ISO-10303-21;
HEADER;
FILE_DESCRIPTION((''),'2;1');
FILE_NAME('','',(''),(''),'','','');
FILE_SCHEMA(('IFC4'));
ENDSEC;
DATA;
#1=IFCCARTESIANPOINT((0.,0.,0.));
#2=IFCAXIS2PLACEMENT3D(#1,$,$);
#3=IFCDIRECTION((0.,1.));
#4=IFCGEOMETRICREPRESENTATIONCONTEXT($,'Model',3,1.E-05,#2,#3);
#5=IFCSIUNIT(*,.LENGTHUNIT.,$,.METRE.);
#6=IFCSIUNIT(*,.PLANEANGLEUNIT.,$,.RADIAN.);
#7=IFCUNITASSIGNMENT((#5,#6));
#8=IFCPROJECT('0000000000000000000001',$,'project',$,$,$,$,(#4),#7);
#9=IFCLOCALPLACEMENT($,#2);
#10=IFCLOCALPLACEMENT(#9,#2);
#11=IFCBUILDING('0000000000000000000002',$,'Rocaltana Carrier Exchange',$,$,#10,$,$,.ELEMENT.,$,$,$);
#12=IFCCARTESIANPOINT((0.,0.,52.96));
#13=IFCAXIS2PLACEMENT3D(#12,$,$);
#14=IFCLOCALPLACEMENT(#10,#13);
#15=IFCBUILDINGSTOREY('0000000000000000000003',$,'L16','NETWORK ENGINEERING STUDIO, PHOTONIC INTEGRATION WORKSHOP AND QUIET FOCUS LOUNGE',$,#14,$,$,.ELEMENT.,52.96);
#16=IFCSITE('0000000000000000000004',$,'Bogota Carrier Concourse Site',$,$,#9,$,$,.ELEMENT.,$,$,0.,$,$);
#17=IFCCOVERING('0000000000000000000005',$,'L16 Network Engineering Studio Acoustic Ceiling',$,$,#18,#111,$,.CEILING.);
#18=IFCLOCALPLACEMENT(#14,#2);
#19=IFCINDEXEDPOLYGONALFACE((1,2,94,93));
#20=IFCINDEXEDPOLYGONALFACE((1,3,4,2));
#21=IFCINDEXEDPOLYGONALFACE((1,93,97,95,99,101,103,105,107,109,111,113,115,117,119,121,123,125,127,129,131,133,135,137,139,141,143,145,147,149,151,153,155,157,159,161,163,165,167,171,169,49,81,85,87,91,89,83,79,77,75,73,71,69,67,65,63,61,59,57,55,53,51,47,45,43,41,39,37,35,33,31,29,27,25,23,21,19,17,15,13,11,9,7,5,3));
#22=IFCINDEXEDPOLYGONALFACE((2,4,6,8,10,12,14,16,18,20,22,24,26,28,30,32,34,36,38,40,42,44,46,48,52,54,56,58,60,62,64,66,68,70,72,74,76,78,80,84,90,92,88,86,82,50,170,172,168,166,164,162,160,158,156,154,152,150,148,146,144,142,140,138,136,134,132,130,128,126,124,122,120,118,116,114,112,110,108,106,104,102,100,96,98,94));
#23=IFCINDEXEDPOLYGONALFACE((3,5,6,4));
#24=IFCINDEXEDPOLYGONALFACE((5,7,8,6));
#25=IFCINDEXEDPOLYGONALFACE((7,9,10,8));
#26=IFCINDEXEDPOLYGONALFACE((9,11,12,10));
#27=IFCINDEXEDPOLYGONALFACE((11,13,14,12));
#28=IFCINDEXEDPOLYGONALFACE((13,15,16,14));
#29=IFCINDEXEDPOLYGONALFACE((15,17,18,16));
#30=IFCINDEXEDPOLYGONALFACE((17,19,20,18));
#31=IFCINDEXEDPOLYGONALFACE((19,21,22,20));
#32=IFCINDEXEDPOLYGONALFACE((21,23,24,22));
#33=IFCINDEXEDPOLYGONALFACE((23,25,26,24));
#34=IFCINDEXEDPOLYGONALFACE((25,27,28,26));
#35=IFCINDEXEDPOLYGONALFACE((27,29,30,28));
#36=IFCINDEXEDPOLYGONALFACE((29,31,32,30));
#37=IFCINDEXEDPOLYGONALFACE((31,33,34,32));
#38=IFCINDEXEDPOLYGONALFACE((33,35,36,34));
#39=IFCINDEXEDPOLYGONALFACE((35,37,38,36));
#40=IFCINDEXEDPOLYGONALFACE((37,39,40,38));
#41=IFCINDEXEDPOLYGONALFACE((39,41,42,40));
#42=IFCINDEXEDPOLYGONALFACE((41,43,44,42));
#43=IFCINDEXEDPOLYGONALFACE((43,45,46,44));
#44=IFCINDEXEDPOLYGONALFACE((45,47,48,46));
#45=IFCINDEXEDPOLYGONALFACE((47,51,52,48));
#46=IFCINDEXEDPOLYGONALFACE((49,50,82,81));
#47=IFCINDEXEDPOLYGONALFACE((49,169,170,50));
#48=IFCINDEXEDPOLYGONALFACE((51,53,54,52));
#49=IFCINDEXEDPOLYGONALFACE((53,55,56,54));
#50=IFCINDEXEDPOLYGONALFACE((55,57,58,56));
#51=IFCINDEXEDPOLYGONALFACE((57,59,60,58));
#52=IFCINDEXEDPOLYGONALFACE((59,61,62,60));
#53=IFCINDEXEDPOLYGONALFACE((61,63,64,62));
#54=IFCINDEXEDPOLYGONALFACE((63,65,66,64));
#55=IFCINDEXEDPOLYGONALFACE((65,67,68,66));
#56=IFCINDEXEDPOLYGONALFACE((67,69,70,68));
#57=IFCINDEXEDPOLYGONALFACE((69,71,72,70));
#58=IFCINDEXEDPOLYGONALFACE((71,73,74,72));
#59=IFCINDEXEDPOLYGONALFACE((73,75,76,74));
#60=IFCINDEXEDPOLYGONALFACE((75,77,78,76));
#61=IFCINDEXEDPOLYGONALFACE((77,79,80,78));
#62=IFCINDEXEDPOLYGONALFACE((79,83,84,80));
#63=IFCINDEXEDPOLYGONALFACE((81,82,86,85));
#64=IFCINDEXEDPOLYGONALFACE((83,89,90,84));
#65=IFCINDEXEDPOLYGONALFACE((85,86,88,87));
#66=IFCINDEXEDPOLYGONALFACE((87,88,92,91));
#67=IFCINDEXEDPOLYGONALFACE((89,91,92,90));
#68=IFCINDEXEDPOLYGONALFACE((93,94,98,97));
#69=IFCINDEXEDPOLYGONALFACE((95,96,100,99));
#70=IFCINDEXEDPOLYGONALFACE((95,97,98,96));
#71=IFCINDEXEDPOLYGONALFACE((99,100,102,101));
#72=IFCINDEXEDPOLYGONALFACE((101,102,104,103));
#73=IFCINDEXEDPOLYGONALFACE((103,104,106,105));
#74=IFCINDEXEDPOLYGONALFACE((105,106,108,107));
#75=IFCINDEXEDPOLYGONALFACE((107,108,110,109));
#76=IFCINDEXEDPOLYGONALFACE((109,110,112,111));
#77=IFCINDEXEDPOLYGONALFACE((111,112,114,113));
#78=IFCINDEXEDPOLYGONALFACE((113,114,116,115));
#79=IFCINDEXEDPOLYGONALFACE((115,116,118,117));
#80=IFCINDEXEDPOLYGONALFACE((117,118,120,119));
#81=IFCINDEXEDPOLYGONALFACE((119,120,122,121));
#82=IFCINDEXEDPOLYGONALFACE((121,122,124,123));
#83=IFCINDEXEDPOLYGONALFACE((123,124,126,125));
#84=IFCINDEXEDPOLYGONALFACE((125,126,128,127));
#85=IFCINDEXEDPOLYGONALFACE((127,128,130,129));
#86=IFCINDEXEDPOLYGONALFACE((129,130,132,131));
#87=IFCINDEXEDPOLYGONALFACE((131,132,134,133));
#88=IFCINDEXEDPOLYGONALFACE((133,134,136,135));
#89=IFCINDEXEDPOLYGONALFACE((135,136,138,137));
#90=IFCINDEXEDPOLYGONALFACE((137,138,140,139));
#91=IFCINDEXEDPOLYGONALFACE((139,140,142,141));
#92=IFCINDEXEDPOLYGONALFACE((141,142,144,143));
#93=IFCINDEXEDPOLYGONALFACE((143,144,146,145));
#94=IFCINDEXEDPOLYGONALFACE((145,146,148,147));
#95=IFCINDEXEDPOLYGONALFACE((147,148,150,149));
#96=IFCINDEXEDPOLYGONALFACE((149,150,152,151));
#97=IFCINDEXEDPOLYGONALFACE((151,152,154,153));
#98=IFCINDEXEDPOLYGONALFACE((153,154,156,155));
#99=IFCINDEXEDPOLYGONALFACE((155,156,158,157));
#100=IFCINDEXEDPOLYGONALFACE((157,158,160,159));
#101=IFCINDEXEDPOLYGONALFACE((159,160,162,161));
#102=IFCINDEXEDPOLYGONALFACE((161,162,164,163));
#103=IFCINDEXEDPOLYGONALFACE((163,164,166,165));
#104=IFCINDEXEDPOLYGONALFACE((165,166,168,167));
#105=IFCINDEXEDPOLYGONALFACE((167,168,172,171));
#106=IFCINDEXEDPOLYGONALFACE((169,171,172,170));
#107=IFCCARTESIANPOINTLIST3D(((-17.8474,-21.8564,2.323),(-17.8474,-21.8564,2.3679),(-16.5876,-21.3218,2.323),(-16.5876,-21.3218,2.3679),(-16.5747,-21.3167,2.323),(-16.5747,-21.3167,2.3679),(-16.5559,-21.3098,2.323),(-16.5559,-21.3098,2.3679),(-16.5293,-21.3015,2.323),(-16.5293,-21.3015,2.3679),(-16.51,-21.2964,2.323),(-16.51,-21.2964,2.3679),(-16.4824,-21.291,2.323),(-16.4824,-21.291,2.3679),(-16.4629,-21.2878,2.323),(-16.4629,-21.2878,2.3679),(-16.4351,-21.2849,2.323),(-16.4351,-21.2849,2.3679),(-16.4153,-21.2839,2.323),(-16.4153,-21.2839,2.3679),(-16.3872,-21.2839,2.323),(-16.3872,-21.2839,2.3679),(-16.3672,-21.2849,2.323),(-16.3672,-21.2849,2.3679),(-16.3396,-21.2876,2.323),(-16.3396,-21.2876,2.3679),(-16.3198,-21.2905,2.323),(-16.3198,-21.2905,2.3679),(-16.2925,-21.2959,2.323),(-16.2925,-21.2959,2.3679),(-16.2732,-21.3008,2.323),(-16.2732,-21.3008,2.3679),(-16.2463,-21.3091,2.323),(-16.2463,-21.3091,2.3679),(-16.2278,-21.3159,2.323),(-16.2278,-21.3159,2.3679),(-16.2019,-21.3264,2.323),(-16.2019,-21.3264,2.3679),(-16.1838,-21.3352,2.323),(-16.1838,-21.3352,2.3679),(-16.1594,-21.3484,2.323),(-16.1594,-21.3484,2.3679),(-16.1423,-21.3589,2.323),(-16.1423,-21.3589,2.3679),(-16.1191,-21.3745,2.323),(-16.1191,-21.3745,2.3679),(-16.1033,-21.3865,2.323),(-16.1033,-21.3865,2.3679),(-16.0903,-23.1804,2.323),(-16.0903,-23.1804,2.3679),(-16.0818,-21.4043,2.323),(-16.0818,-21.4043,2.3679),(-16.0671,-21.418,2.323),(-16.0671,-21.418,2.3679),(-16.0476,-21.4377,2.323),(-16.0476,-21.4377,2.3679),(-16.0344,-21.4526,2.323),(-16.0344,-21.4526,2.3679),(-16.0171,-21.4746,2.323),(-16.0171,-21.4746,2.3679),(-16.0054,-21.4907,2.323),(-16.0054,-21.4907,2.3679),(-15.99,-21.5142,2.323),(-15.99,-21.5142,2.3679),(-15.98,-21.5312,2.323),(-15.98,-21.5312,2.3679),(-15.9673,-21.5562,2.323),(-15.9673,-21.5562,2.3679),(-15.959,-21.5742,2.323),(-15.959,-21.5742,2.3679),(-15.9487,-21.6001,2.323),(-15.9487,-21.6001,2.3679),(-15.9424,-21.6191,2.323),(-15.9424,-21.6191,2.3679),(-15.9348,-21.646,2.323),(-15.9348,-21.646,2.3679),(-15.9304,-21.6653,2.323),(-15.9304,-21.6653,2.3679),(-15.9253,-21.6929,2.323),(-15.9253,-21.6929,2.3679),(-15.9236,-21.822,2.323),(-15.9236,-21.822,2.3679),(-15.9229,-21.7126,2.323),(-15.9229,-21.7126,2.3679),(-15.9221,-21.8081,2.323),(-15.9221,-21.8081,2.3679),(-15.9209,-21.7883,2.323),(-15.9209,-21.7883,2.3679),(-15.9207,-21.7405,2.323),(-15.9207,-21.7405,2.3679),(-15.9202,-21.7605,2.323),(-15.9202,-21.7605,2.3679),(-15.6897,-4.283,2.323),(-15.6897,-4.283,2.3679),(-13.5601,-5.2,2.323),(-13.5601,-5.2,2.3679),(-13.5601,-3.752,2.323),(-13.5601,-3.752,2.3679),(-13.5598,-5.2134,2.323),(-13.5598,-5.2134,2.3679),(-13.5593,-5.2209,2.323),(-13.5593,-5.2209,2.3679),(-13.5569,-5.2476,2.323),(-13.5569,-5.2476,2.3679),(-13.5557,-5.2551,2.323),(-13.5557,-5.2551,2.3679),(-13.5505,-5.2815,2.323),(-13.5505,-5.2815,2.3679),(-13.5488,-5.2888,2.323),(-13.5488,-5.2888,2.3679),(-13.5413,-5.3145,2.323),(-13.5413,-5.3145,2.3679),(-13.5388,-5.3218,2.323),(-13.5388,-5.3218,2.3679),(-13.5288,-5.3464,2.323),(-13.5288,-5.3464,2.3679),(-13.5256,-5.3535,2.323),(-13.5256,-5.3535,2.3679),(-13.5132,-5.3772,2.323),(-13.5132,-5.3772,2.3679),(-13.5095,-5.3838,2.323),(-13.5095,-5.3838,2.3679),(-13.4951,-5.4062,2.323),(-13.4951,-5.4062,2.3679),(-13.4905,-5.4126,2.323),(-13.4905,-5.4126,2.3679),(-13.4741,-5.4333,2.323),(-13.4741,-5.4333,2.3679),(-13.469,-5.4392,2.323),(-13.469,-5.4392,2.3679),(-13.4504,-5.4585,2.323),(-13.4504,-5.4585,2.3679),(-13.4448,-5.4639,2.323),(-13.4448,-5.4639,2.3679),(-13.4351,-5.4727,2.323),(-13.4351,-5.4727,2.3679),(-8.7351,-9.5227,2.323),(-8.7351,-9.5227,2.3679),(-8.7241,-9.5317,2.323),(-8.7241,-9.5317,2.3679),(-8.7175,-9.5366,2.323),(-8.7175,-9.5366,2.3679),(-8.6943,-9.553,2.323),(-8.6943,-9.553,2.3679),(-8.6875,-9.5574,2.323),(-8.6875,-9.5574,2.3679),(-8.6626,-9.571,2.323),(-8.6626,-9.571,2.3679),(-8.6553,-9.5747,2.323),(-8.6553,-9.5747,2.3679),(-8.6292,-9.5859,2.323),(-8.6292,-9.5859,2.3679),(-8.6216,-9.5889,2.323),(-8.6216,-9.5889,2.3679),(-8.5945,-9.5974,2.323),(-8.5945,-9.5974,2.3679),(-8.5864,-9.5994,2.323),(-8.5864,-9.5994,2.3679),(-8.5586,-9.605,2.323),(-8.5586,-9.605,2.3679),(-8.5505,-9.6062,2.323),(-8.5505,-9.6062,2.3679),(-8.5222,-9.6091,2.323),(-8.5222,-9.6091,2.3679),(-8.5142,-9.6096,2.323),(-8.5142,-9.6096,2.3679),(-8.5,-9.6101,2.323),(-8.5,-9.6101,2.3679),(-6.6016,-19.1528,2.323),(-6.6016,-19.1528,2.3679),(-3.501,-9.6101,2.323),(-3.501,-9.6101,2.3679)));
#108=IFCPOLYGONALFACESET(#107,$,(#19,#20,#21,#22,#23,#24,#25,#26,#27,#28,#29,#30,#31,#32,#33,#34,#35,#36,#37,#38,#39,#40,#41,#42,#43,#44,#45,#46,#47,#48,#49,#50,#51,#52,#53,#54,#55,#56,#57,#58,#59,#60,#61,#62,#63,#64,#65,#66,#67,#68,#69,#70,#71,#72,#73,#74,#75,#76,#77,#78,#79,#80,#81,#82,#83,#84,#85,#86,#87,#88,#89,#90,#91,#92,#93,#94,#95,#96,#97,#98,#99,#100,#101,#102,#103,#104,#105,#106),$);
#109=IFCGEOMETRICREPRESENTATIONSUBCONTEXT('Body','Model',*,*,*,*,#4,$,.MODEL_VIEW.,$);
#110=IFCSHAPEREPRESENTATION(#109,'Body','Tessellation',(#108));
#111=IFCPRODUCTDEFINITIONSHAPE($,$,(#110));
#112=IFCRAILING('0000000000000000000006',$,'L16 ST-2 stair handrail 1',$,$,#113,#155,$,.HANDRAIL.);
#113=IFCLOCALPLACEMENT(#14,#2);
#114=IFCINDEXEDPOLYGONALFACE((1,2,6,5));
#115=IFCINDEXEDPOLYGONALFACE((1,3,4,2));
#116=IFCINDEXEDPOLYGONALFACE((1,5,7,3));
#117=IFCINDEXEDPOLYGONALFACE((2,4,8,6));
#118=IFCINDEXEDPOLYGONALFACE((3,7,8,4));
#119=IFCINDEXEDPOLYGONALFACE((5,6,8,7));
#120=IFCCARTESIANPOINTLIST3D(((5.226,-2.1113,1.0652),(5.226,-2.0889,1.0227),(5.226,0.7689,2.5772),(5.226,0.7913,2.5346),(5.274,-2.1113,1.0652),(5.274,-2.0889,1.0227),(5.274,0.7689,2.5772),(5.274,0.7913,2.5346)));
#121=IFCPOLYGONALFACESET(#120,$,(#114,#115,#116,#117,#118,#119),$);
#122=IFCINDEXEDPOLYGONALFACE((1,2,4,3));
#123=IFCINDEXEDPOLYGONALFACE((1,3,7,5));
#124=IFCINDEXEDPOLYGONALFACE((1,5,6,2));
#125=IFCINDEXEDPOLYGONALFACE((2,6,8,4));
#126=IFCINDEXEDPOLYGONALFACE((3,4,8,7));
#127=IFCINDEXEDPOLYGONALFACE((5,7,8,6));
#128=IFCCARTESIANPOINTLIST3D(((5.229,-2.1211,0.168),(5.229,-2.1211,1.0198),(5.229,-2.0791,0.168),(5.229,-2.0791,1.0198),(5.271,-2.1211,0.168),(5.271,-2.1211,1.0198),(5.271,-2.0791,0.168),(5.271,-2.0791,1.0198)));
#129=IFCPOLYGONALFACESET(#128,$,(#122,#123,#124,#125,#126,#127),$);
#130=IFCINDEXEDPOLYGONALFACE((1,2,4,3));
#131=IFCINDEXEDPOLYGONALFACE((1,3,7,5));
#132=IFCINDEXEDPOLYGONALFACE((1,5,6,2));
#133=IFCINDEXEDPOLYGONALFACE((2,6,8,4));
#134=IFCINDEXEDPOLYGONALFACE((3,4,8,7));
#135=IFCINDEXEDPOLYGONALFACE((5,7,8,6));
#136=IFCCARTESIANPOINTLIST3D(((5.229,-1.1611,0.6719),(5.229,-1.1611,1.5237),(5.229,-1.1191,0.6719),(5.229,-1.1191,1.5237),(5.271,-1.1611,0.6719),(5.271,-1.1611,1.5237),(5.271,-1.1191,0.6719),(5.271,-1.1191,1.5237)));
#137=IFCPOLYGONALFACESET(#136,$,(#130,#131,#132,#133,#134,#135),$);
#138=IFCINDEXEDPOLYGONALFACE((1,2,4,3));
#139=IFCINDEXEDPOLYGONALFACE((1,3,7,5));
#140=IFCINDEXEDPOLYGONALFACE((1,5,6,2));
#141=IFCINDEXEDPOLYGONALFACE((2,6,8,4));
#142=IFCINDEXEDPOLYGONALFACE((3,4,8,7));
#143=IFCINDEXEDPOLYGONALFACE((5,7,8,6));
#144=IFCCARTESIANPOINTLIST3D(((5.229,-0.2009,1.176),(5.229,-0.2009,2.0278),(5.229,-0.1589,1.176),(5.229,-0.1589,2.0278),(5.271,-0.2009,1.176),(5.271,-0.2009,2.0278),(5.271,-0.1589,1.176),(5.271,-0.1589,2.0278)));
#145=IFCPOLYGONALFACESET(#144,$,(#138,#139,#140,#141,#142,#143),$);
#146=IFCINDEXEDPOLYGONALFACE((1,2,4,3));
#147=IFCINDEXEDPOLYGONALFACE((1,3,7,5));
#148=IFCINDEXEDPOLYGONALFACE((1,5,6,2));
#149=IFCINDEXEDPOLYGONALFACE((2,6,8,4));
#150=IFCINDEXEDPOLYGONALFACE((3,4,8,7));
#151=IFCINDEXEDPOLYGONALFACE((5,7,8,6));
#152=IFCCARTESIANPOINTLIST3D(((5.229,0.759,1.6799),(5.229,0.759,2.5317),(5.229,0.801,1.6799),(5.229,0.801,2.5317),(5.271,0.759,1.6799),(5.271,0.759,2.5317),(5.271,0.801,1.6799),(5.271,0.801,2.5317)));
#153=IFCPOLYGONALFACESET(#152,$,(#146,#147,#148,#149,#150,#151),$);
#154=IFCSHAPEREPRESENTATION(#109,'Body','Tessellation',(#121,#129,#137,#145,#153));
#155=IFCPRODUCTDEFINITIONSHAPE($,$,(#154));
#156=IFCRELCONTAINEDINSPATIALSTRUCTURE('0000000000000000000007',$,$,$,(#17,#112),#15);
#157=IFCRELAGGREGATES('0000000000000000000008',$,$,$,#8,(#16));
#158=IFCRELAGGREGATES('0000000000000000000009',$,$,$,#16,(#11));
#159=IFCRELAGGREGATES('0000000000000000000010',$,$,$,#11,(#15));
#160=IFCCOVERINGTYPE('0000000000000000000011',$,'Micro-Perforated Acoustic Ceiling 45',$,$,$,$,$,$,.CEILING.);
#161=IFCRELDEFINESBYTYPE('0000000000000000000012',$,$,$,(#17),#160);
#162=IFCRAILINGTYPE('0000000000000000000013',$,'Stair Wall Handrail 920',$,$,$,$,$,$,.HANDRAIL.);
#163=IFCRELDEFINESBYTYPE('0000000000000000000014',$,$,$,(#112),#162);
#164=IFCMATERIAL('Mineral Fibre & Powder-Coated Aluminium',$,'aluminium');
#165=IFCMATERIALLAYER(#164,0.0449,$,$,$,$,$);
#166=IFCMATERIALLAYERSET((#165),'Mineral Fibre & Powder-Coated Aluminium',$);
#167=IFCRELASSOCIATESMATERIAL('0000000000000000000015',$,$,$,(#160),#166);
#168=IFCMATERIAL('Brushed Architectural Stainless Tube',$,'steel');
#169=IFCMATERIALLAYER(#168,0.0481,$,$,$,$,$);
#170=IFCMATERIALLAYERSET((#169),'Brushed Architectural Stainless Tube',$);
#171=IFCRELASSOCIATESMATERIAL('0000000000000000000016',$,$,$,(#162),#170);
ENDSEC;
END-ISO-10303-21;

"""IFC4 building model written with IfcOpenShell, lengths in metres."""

from ifc_helpers import new_model, si_unit, direction, frame, origin, origin_2d, place, context, subcontext, project, spatial, polyline, rectangle, outline, extrude, material, layer, layer_set, type_object, element, save


model = new_model("IFC4")

# Units and contexts
model_context = context("Model", 3, precision=1e-05, world=origin(), true_north=direction((0.0, 1.0)))
body_context = subcontext(model_context, "Body", "Model", "MODEL_VIEW")
ifc_project = project(units=[si_unit("LENGTHUNIT", "METRE"), si_unit("PLANEANGLEUNIT", "RADIAN")], contexts=[model_context])

# Site, building, storey
site_placement = place(None, origin())
site = spatial("IfcSite", under=ifc_project, at=site_placement, Name="Bogota Carrier Concourse Site", CompositionType="ELEMENT", RefElevation=0.0)
building_placement = place(site_placement, origin())
building = spatial("IfcBuilding", under=site, at=building_placement, Name="Rocaltana Carrier Exchange", CompositionType="ELEMENT")
storey_placement = place(building_placement, frame((0.0, 0.0, 52.96)))
storey = spatial("IfcBuildingStorey", under=building, at=storey_placement, Name="L16", Description="NETWORK ENGINEERING STUDIO, PHOTONIC INTEGRATION WORKSHOP AND QUIET FOCUS LOUNGE", CompositionType="ELEMENT", Elevation=52.96)

# Covering
ifc_material_1 = material(Name="Mineral Fibre & Powder-Coated Aluminium", Category="aluminium")
ifc_layer_1 = layer(ifc_material_1, 0.0449)
ifc_layer_set_1 = layer_set([ifc_layer_1], Name="Mineral Fibre & Powder-Coated Aluminium")
covering_type_1 = type_object("IfcCoveringType", Name="Micro-Perforated Acoustic Ceiling 45", PredefinedType="CEILING", material=ifc_layer_set_1)
covering_1_placement = place(storey_placement, frame((0.0, 0.0, 2.323)))
element("IfcCovering", 1, at=covering_1_placement, inside=storey, type_object=covering_type_1, Name="L16 Network Engineering Studio Acoustic Ceiling", PredefinedType="CEILING", context=body_context, shape_type="SweptSolid", body=[
    extrude(outline(polyline([(-15.9236, -21.822), (-15.9221, -21.8081), (-15.9209, -21.7883), (-15.9202, -21.7605), (-15.9207, -21.7405), (-15.9229, -21.7126), (-15.9253, -21.6929), (-15.9304, -21.6653), (-15.9348, -21.646), (-15.9424, -21.6191), (-15.9487, -21.6001), (-15.959, -21.5742), (-15.9673, -21.5562), (-15.98, -21.5312), (-15.99, -21.5142), (-16.0054, -21.4907), (-16.0171, -21.4746), (-16.0344, -21.4526), (-16.0476, -21.4377), (-16.0671, -21.418), (-16.0818, -21.4043), (-16.1033, -21.3865), (-16.1191, -21.3745), (-16.1423, -21.3589), (-16.1594, -21.3484), (-16.1838, -21.3352), (-16.2019, -21.3264), (-16.2278, -21.3159), (-16.2463, -21.3091), (-16.2732, -21.3008), (-16.2925, -21.2959), (-16.3198, -21.2905), (-16.3396, -21.2876), (-16.3672, -21.2849), (-16.3872, -21.2839), (-16.4153, -21.2839), (-16.4351, -21.2849), (-16.4629, -21.2878), (-16.4824, -21.291), (-16.51, -21.2964), (-16.5293, -21.3015), (-16.5559, -21.3098), (-16.5747, -21.3167), (-16.5876, -21.3218), (-17.8474, -21.8564), (-15.6897, -4.283), (-13.5601, -3.752), (-13.5601, -5.2), (-13.5598, -5.2134), (-13.5593, -5.2209), (-13.5569, -5.2476), (-13.5557, -5.2551), (-13.5505, -5.2815), (-13.5488, -5.2888), (-13.5413, -5.3145), (-13.5388, -5.3218), (-13.5288, -5.3464), (-13.5256, -5.3535), (-13.5132, -5.3772), (-13.5095, -5.3838), (-13.4951, -5.4062), (-13.4905, -5.4126), (-13.4741, -5.4333), (-13.469, -5.4392), (-13.4504, -5.4585), (-13.4448, -5.4639), (-13.4351, -5.4727), (-8.7351, -9.5227), (-8.7241, -9.5317), (-8.7175, -9.5366), (-8.6943, -9.553), (-8.6875, -9.5574), (-8.6626, -9.571), (-8.6553, -9.5747), (-8.6292, -9.5859), (-8.6216, -9.5889), (-8.5945, -9.5974), (-8.5864, -9.5994), (-8.5586, -9.605), (-8.5505, -9.6062), (-8.5222, -9.6091), (-8.5142, -9.6096), (-8.5, -9.6101), (-3.501, -9.6101), (-6.6016, -19.1528), (-16.0903, -23.1804), (-15.9236, -21.822)])), origin(), (0.0, 0.0, 1.0), 0.0449),
])

# Railing
ifc_material_2 = material(Name="Brushed Architectural Stainless Tube", Category="steel")
ifc_layer_2 = layer(ifc_material_2, 0.0481)
ifc_layer_set_2 = layer_set([ifc_layer_2], Name="Brushed Architectural Stainless Tube")
railing_type_1 = type_object("IfcRailingType", Name="Stair Wall Handrail 920", PredefinedType="HANDRAIL", material=ifc_layer_set_2)
railing_1_placement = place(storey_placement, frame((5.25, -2.1001, 0.168)))
element("IfcRailing", 2, at=railing_1_placement, inside=storey, type_object=railing_type_1, Name="L16 ST-2 stair handrail 1", PredefinedType="HANDRAIL", context=body_context, shape_type="SweptSolid", body=[
    extrude(rectangle(XDim=0.0481, YDim=0.0481, at=origin_2d()), frame((0.0, 0.0, 0.876), z_axis=(0.0, 0.885411, 0.464809), x_axis=(-1.0, 0.0, 0.0)), (0.0, 0.0, 1.0), 3.2529),
    extrude(rectangle(XDim=0.042, YDim=0.042, at=origin_2d()), origin(), (0.0, 0.0, 1.0), 0.8518),
    extrude(rectangle(XDim=0.042, YDim=0.042, at=origin_2d()), frame((0.0, 0.96, 0.5039)), (0.0, 0.0, 1.0), 0.8518),
    extrude(rectangle(XDim=0.042, YDim=0.042, at=origin_2d()), frame((0.0, 1.9202, 1.0081)), (0.0, 0.0, 1.0), 0.8518),
    extrude(rectangle(XDim=0.042, YDim=0.042, at=origin_2d()), frame((0.0, 2.8801, 1.512)), (0.0, 0.0, 1.0), 0.8518),
])

save(model, "model.ifc")
